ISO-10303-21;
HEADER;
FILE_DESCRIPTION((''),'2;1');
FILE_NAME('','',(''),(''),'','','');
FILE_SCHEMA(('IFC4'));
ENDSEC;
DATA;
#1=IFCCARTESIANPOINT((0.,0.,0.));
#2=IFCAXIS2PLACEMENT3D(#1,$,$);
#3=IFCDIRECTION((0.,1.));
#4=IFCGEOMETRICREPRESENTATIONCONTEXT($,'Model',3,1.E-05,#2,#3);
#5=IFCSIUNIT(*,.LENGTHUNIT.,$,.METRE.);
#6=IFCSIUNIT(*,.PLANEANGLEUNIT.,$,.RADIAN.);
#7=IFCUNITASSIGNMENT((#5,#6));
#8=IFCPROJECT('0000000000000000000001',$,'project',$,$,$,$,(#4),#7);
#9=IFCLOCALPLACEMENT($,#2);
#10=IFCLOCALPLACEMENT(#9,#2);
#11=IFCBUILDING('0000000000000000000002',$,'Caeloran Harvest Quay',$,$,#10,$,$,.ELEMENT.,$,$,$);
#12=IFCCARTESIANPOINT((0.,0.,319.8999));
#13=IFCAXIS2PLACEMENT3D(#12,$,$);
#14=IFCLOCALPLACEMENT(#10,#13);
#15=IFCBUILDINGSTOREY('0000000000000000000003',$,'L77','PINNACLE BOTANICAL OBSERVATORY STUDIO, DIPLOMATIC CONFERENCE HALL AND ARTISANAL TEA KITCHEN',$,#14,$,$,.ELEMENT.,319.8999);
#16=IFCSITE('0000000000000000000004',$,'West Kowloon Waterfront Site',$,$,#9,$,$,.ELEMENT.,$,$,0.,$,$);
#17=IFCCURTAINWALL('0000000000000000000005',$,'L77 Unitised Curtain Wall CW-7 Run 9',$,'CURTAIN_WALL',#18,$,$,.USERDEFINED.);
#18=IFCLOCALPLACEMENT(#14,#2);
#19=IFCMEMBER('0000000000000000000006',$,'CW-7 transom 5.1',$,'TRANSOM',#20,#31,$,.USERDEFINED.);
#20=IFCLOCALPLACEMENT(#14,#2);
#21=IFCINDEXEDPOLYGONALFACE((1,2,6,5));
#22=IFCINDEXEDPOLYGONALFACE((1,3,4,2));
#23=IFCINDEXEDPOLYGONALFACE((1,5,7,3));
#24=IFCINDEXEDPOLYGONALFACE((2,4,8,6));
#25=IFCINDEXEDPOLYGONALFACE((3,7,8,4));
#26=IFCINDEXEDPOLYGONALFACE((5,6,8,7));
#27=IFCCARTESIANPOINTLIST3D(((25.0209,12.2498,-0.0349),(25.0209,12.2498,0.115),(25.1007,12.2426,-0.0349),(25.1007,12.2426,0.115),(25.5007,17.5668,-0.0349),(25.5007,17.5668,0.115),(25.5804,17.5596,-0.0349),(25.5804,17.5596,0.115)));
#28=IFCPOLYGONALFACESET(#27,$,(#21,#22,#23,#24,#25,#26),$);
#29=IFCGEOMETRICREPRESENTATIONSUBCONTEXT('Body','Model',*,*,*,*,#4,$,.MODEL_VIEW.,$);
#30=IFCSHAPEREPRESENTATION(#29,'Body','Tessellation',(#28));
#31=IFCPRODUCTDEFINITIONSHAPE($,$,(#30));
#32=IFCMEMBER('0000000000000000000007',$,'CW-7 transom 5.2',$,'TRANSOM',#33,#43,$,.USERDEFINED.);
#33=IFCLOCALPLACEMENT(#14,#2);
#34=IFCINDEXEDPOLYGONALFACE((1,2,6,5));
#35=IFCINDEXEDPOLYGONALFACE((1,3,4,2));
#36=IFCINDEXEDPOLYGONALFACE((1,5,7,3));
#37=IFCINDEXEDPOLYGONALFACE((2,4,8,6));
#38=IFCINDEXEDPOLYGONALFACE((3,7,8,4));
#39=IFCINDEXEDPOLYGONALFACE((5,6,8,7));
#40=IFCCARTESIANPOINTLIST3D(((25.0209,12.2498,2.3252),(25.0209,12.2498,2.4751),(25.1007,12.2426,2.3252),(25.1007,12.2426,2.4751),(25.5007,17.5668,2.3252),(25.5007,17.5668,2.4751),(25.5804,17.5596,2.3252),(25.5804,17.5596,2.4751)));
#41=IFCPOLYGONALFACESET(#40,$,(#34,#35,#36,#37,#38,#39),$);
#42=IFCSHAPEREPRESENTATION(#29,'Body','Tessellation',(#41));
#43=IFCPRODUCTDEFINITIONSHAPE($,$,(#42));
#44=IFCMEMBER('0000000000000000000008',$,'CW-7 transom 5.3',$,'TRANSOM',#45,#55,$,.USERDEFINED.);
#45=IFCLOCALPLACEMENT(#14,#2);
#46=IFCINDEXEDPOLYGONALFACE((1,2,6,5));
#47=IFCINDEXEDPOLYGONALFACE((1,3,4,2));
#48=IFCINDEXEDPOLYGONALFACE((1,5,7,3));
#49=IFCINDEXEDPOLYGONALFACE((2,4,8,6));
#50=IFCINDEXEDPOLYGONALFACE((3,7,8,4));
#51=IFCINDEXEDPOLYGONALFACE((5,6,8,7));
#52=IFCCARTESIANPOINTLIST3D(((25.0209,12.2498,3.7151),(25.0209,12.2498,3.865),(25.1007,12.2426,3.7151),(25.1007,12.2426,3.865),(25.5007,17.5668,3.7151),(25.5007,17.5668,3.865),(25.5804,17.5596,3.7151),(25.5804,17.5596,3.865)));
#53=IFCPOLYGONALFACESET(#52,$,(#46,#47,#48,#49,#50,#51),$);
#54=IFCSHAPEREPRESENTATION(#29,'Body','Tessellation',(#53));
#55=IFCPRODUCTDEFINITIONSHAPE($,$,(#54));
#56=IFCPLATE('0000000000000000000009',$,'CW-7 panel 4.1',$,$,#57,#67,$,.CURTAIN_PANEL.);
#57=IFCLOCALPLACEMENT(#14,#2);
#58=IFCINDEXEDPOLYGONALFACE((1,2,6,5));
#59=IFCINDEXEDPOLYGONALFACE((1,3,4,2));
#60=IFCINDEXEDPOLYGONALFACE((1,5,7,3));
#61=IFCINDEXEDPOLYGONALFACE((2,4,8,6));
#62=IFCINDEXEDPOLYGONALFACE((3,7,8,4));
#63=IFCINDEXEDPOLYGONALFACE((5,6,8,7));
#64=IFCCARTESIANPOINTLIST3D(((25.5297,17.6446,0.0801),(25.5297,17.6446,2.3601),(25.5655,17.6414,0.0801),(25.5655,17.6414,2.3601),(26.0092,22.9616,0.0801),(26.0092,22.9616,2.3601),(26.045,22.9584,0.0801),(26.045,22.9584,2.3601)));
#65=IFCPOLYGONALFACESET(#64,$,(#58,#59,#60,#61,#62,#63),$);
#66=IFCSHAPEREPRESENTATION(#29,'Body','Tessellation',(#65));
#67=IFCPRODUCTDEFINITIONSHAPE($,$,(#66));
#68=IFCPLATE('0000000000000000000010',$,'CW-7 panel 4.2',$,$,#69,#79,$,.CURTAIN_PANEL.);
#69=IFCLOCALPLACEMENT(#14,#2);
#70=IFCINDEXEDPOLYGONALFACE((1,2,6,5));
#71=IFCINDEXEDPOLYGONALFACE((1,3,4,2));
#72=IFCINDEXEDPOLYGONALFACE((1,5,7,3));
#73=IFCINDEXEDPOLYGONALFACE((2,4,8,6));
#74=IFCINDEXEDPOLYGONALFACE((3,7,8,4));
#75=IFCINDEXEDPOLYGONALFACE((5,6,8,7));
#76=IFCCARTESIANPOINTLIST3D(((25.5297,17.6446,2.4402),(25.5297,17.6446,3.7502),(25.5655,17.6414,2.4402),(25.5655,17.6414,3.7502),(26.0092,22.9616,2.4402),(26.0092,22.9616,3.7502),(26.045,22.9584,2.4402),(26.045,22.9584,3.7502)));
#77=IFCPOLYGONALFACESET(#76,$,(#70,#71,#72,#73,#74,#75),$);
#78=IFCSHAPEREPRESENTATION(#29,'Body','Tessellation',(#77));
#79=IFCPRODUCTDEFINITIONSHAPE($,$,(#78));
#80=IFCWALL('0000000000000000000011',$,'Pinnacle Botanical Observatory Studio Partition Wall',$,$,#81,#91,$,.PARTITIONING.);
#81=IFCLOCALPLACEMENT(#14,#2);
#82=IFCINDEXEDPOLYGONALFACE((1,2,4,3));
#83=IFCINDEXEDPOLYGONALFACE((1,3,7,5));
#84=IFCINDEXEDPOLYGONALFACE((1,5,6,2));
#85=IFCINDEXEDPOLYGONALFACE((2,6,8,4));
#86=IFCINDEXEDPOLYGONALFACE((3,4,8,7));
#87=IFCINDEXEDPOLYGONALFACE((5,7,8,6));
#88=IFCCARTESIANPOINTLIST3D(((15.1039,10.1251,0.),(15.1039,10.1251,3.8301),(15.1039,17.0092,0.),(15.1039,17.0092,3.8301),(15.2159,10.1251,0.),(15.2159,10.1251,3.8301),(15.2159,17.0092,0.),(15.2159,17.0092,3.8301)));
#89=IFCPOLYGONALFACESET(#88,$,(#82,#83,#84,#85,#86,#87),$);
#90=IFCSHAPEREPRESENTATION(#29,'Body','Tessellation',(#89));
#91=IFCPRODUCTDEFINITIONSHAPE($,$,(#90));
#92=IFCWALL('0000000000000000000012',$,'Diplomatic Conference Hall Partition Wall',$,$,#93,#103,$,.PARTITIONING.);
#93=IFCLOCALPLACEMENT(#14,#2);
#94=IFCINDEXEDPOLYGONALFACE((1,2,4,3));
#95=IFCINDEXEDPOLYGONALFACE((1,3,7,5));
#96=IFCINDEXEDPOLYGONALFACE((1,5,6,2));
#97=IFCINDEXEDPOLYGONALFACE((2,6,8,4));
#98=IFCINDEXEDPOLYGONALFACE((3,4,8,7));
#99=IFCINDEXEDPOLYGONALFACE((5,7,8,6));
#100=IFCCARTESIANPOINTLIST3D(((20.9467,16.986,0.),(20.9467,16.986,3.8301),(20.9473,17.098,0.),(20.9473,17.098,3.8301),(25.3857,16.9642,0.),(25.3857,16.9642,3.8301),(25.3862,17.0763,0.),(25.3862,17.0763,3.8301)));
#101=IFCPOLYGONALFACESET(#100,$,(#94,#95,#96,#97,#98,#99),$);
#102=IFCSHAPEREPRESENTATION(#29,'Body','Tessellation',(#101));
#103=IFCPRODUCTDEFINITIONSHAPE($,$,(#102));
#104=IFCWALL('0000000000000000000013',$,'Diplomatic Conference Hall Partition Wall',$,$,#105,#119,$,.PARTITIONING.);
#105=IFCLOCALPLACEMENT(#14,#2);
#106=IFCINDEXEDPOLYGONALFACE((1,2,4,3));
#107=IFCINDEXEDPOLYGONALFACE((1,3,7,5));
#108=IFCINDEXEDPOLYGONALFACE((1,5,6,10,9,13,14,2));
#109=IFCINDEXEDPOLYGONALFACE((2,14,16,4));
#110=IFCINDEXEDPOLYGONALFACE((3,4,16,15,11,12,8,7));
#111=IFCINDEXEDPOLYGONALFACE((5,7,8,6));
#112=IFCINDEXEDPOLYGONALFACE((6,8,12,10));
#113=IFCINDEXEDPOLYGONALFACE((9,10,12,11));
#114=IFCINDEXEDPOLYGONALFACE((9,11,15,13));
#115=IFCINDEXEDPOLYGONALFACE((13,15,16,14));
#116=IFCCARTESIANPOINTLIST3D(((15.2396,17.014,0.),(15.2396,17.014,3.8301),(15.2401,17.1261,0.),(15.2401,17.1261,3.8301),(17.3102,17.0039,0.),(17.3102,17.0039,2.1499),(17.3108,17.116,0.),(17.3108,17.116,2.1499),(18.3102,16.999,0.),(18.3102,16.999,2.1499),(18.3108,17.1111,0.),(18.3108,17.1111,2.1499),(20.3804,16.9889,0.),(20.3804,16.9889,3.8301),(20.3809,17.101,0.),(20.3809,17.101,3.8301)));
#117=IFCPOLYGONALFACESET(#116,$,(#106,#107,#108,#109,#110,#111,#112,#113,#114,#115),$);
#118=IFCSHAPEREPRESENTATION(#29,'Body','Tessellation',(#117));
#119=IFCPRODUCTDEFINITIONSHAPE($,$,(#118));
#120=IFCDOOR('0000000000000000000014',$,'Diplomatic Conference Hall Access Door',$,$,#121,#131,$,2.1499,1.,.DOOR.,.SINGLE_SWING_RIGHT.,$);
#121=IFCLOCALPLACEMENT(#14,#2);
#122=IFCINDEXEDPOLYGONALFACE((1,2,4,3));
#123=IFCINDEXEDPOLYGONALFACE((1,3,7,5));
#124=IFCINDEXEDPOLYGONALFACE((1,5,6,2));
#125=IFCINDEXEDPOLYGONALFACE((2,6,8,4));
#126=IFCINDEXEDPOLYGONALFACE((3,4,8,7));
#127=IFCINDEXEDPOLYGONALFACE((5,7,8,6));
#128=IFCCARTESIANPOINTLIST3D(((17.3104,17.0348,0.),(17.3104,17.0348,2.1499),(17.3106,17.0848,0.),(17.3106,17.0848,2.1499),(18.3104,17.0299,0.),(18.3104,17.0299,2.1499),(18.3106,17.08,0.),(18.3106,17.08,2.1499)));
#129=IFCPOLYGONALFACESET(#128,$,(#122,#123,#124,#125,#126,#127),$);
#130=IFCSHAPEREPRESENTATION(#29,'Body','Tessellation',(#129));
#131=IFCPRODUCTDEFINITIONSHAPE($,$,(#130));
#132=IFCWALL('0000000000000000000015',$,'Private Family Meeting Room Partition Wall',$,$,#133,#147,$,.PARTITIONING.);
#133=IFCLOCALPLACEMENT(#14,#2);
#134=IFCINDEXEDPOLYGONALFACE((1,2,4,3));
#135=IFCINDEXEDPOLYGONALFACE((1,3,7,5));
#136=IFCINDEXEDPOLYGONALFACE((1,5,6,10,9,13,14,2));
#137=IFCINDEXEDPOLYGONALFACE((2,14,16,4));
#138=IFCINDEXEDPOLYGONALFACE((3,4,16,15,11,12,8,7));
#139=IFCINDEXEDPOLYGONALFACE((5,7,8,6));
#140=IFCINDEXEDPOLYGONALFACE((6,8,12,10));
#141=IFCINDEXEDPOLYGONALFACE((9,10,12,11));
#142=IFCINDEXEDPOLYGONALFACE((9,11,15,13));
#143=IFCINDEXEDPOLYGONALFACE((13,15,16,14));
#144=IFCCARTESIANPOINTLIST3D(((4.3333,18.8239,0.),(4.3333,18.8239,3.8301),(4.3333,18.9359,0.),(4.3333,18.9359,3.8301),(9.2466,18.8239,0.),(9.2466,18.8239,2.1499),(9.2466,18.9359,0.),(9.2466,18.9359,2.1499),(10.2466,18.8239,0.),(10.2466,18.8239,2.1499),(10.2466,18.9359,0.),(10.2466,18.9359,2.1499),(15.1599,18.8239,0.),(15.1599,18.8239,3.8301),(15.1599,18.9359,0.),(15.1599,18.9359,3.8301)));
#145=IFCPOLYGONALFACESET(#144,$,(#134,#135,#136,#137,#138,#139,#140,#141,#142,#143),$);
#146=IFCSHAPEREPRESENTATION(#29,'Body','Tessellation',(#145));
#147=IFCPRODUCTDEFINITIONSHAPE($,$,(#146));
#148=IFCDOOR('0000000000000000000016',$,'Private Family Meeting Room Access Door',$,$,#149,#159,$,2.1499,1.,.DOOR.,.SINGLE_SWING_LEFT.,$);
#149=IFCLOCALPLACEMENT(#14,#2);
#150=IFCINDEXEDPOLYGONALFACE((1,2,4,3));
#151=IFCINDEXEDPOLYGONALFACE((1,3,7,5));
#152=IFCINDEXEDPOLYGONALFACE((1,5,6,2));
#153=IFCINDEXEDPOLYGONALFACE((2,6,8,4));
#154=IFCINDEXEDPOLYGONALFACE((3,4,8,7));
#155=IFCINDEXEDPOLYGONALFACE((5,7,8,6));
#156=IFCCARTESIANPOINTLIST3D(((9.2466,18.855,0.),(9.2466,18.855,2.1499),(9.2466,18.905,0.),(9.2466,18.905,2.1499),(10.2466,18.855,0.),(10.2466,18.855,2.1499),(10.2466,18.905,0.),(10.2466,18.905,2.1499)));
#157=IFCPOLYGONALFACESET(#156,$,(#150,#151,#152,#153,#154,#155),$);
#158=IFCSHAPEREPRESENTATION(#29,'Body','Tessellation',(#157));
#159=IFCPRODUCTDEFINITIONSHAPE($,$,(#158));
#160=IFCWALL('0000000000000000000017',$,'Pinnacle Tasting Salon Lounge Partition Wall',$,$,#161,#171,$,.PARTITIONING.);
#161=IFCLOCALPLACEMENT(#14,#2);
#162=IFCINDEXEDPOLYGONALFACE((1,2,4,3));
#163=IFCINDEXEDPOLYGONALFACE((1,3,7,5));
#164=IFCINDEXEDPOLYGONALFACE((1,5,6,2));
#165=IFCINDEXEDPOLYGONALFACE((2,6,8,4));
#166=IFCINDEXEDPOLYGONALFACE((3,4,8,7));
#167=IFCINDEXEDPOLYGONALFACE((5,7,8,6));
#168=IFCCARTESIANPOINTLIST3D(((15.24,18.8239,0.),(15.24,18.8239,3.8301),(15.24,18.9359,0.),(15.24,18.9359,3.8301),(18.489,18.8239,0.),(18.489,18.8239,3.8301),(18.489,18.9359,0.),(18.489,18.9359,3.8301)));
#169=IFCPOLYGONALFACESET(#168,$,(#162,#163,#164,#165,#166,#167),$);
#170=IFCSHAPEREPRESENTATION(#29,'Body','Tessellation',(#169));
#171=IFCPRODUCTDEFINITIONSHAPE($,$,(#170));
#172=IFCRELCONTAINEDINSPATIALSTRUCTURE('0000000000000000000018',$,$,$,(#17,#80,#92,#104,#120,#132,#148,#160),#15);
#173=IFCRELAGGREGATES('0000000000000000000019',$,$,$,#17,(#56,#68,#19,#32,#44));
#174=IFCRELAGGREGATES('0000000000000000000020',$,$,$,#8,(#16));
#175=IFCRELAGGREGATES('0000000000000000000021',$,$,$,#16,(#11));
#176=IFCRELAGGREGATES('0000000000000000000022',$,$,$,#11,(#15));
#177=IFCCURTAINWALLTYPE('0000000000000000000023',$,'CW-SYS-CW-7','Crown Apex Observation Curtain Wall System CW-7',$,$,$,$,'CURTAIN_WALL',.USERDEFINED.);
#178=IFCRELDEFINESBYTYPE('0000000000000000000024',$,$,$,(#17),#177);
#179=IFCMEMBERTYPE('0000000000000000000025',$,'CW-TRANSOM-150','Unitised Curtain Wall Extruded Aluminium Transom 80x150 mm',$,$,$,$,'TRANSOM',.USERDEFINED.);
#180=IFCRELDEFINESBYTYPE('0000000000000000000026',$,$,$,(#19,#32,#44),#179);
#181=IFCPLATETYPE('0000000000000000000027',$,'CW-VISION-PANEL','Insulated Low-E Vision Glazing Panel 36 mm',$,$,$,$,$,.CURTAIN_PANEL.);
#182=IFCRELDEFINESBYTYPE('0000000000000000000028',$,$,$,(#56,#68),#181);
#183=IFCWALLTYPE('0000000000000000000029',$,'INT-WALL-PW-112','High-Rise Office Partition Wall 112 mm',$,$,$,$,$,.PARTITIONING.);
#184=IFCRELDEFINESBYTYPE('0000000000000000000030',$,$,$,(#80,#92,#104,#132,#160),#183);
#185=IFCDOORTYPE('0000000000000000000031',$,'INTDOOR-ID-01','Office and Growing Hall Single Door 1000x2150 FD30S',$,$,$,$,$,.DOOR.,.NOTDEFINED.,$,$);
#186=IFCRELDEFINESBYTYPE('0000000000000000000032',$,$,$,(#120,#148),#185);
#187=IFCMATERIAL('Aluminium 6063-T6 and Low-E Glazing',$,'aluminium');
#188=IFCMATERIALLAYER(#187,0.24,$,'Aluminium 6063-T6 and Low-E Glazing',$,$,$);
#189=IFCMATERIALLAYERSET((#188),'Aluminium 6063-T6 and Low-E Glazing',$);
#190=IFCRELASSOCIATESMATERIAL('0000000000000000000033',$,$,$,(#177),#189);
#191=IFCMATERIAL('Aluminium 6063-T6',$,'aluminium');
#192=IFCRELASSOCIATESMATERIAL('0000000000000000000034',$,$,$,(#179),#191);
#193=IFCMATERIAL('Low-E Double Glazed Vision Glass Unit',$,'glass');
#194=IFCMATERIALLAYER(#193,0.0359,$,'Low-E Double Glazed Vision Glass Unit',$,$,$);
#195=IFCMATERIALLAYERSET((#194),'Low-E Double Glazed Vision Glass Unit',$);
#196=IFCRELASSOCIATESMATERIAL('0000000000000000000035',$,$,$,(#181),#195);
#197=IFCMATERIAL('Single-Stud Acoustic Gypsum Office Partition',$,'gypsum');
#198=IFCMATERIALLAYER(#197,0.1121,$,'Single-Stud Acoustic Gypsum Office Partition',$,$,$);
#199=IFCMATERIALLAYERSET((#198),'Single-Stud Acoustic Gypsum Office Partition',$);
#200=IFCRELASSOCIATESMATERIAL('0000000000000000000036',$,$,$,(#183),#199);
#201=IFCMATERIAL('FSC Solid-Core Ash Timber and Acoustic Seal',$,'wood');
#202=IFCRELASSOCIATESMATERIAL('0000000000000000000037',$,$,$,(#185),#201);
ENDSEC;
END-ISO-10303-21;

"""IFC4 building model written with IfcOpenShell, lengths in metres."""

from ifc_helpers import new_model, si_unit, direction, frame, frame_2d, origin, origin_2d, place, context, subcontext, project, spatial, rectangle, extrude, material, layer, layer_set, material_profile, profile_set, type_object, element, fill, aggregate, save


model = new_model("IFC4")

# Units and contexts
model_context = context("Model", 3, precision=1e-05, world=origin(), true_north=direction((0.0, 1.0)))
body_context = subcontext(model_context, "Body", "Model", "MODEL_VIEW")
ifc_project = project(units=[si_unit("LENGTHUNIT", "METRE"), si_unit("PLANEANGLEUNIT", "RADIAN")], contexts=[model_context])

# Site, building, storey
site_placement = place(None, origin())
site = spatial("IfcSite", under=ifc_project, at=site_placement, Name="West Kowloon Waterfront Site", CompositionType="ELEMENT", RefElevation=0.0)
building_placement = place(site_placement, origin())
building = spatial("IfcBuilding", under=site, at=building_placement, Name="Caeloran Harvest Quay", CompositionType="ELEMENT")
storey_placement = place(building_placement, frame((0.0, 0.0, 319.8999)))
storey = spatial("IfcBuildingStorey", under=building, at=storey_placement, Name="L77", Description="PINNACLE BOTANICAL OBSERVATORY STUDIO, DIPLOMATIC CONFERENCE HALL AND ARTISANAL TEA KITCHEN", CompositionType="ELEMENT", Elevation=319.8999)

# Curtain wall, members, plates
ifc_material_1 = material(Name="Aluminium 6063-T6 and Low-E Glazing", Category="aluminium")
ifc_layer_1 = layer(ifc_material_1, 0.24, Name="Aluminium 6063-T6 and Low-E Glazing")
ifc_layer_set_1 = layer_set([ifc_layer_1], Name="Aluminium 6063-T6 and Low-E Glazing")
curtain_wall_type = type_object("IfcCurtainWallType", Name="CW-SYS-CW-7", Description="Crown Apex Observation Curtain Wall System CW-7", ElementType="CURTAIN_WALL", PredefinedType="USERDEFINED", material=ifc_layer_set_1)
curtain_wall_placement = place(storey_placement, origin())
curtain_wall = element("IfcCurtainWall", 1, at=curtain_wall_placement, inside=storey, type_object=curtain_wall_type, Name="L77 Unitised Curtain Wall CW-7 Run 9", ObjectType="CURTAIN_WALL", PredefinedType="USERDEFINED")
ifc_material_2 = material(Name="Aluminium 6063-T6", Category="aluminium")
ifc_material_profile_1 = material_profile(ifc_material_2, rectangle(XDim=0.0801, YDim=0.1499, at=origin_2d()), Name="CW-TRANSOM-150")
ifc_profile_set_1 = profile_set([ifc_material_profile_1], Name="Aluminium 6063-T6")
member_type_1 = type_object("IfcMemberType", Name="CW-TRANSOM-150", Description="Unitised Curtain Wall Extruded Aluminium Transom 80x150 mm", ElementType="TRANSOM", PredefinedType="USERDEFINED", material=ifc_profile_set_1)
member_1_placement = place(storey_placement, frame((25.5405, 17.5632, 0.04), z_axis=(-0.08986, -0.995954, 0.0), x_axis=(0.995954, -0.08986, 0.0)))
member_1 = element("IfcMember", 2, at=member_1_placement, type_object=member_type_1, Name="CW-7 transom 5.1", ObjectType="TRANSOM", PredefinedType="USERDEFINED", context=body_context, shape_type="SweptSolid", body=[
    extrude(rectangle(XDim=0.0801, YDim=0.1499, at=origin_2d()), origin(), (0.0, 0.0, 1.0), 5.3386),
])
member_2_placement = place(storey_placement, frame((25.5405, 17.5632, 2.4001), z_axis=(-0.08986, -0.995954, 0.0), x_axis=(0.995954, -0.08986, 0.0)))
member_2 = element("IfcMember", 3, at=member_2_placement, type_object=member_type_1, Name="CW-7 transom 5.2", ObjectType="TRANSOM", PredefinedType="USERDEFINED", context=body_context, shape_type="SweptSolid", body=[
    extrude(rectangle(XDim=0.0801, YDim=0.1499, at=origin_2d()), origin(), (0.0, 0.0, 1.0), 5.3386),
])
member_3_placement = place(storey_placement, frame((25.5405, 17.5632, 3.79), z_axis=(-0.08986, -0.995954, 0.0), x_axis=(0.995954, -0.08986, 0.0)))
member_3 = element("IfcMember", 4, at=member_3_placement, type_object=member_type_1, Name="CW-7 transom 5.3", ObjectType="TRANSOM", PredefinedType="USERDEFINED", context=body_context, shape_type="SweptSolid", body=[
    extrude(rectangle(XDim=0.0801, YDim=0.1499, at=origin_2d()), origin(), (0.0, 0.0, 1.0), 5.3386),
])
ifc_material_3 = material(Name="Low-E Double Glazed Vision Glass Unit", Category="glass")
ifc_layer_2 = layer(ifc_material_3, 0.0359, Name="Low-E Double Glazed Vision Glass Unit")
ifc_layer_set_2 = layer_set([ifc_layer_2], Name="Low-E Double Glazed Vision Glass Unit")
plate_type = type_object("IfcPlateType", Name="CW-VISION-PANEL", Description="Insulated Low-E Vision Glazing Panel 36 mm", PredefinedType="CURTAIN_PANEL", material=ifc_layer_set_2)
plate_1_placement = place(storey_placement, frame((25.7874, 20.3015, 0.0801), z_axis=(0.0, 0.0, 1.0), x_axis=(-0.089821, -0.995958, 0.0)))
plate_1 = element("IfcPlate", 5, at=plate_1_placement, type_object=plate_type, Name="CW-7 panel 4.1", PredefinedType="CURTAIN_PANEL", context=body_context, shape_type="SweptSolid", body=[
    extrude(rectangle(XDim=5.3386, YDim=0.0359, at=origin_2d()), origin(), (0.0, 0.0, 1.0), 2.28),
])
plate_2_placement = place(storey_placement, frame((25.7874, 20.3015, 2.4402), z_axis=(0.0, 0.0, 1.0), x_axis=(-0.089821, -0.995958, 0.0)))
plate_2 = element("IfcPlate", 6, at=plate_2_placement, type_object=plate_type, Name="CW-7 panel 4.2", PredefinedType="CURTAIN_PANEL", context=body_context, shape_type="SweptSolid", body=[
    extrude(rectangle(XDim=5.3386, YDim=0.0359, at=origin_2d()), origin(), (0.0, 0.0, 1.0), 1.3101),
])
aggregate(curtain_wall, [plate_1, plate_2, member_1, member_2, member_3])

# Walls
ifc_material_4 = material(Name="Single-Stud Acoustic Gypsum Office Partition", Category="gypsum")
ifc_layer_3 = layer(ifc_material_4, 0.1121, Name="Single-Stud Acoustic Gypsum Office Partition")
ifc_layer_set_3 = layer_set([ifc_layer_3], Name="Single-Stud Acoustic Gypsum Office Partition")
wall_type_1 = type_object("IfcWallType", Name="INT-WALL-PW-112", Description="High-Rise Office Partition Wall 112 mm", PredefinedType="PARTITIONING", material=ifc_layer_set_3)
wall_1_placement = place(storey_placement, frame((15.1599, 17.009, 0.0), z_axis=(0.0, 0.0, 1.0), x_axis=(0.0, -1.0, 0.0)))
element("IfcWall", 7, at=wall_1_placement, inside=storey, type_object=wall_type_1, Name="Pinnacle Botanical Observatory Studio Partition Wall", PredefinedType="PARTITIONING", context=body_context, shape_type="SweptSolid", body=[
    extrude(rectangle(XDim=6.884, YDim=0.1121, at=frame_2d((3.4419, 0.0))), origin(), (0.0, 0.0, 1.0), 3.8301),
])
wall_2_placement = place(storey_placement, frame((20.947, 17.042, 0.0), z_axis=(0.0, 0.0, 1.0), x_axis=(0.999988, -0.004895, 0.0)))
element("IfcWall", 8, at=wall_2_placement, inside=storey, type_object=wall_type_1, Name="Diplomatic Conference Hall Partition Wall", PredefinedType="PARTITIONING", context=body_context, shape_type="SweptSolid", body=[
    extrude(rectangle(XDim=4.439, YDim=0.1121, at=frame_2d((2.2195, 0.0))), origin(), (0.0, 0.0, 1.0), 3.8301),
])

# Walls, openings, doors
wall_3_placement = place(storey_placement, frame((15.24, 17.0701, 0.0), z_axis=(0.0, 0.0, 1.0), x_axis=(0.999988, -0.004891, 0.0)))
wall_3 = element("IfcWall", 9, at=wall_3_placement, inside=storey, type_object=wall_type_1, Name="Diplomatic Conference Hall Partition Wall", PredefinedType="PARTITIONING", context=body_context, shape_type="SweptSolid", body=[
    extrude(rectangle(XDim=5.1409, YDim=0.1121, at=frame_2d((2.5703, 0.0))), origin(), (0.0, 0.0, 1.0), 3.8301),
])
opening_1_placement = place(wall_3_placement, frame((2.0706, 0.0, 0.0)))
opening_1 = element("IfcOpeningElement", 10, at=opening_1_placement, cuts=wall_3, PredefinedType="OPENING", context=body_context, shape_type="SweptSolid", body=[
    extrude(rectangle(XDim=1.0, YDim=2.1499, at=frame_2d((0.5, 1.075))), frame((0.0, 0.0659, 0.0), z_axis=(0.0, -1.0, 0.0), x_axis=(1.0, 0.0, 0.0)), (0.0, 0.0, 1.0), 0.1321),
])
ifc_material_5 = material(Name="FSC Solid-Core Ash Timber and Acoustic Seal", Category="wood")
door_type_1 = type_object("IfcDoorType", Name="INTDOOR-ID-01", Description="Office and Growing Hall Single Door 1000x2150 FD30S", OperationType="NOTDEFINED", PredefinedType="DOOR", material=ifc_material_5)
door_1_placement = place(opening_1_placement, origin())
door_1 = element("IfcDoor", 11, at=door_1_placement, inside=storey, type_object=door_type_1, Name="Diplomatic Conference Hall Access Door", OperationType="SINGLE_SWING_RIGHT", OverallHeight=2.1499, OverallWidth=1.0, PredefinedType="DOOR", context=body_context, shape_type="SweptSolid", body=[
    extrude(rectangle(XDim=1.0, YDim=2.1499, at=frame_2d((0.5, 1.075))), frame((0.0, 0.0249, 0.0), z_axis=(0.0, -1.0, 0.0), x_axis=(1.0, 0.0, 0.0)), (0.0, 0.0, 1.0), 0.05),
])
fill(opening_1, door_1)
wall_4_placement = place(storey_placement, frame((15.1599, 18.8799, 0.0), z_axis=(0.0, 0.0, 1.0), x_axis=(-1.0, 0.0, 0.0)))
wall_4 = element("IfcWall", 12, at=wall_4_placement, inside=storey, type_object=wall_type_1, Name="Private Family Meeting Room Partition Wall", PredefinedType="PARTITIONING", context=body_context, shape_type="SweptSolid", body=[
    extrude(rectangle(XDim=10.8267, YDim=0.1121, at=frame_2d((5.4133, 0.0))), origin(), (0.0, 0.0, 1.0), 3.8301),
])
opening_2_placement = place(wall_4_placement, frame((4.9133, 0.0, 0.0)))
opening_2 = element("IfcOpeningElement", 13, at=opening_2_placement, cuts=wall_4, PredefinedType="OPENING", context=body_context, shape_type="SweptSolid", body=[
    extrude(rectangle(XDim=1.0, YDim=2.1499, at=frame_2d((0.5, 1.075))), frame((0.0, 0.0659, 0.0), z_axis=(0.0, -1.0, 0.0), x_axis=(1.0, 0.0, 0.0)), (0.0, 0.0, 1.0), 0.1321),
])
door_2_placement = place(opening_2_placement, origin())
door_2 = element("IfcDoor", 14, at=door_2_placement, inside=storey, type_object=door_type_1, Name="Private Family Meeting Room Access Door", OperationType="SINGLE_SWING_LEFT", OverallHeight=2.1499, OverallWidth=1.0, PredefinedType="DOOR", context=body_context, shape_type="SweptSolid", body=[
    extrude(rectangle(XDim=1.0, YDim=2.1499, at=frame_2d((0.5, 1.075))), frame((0.0, 0.0249, 0.0), z_axis=(0.0, -1.0, 0.0), x_axis=(1.0, 0.0, 0.0)), (0.0, 0.0, 1.0), 0.05),
])
fill(opening_2, door_2)

# Wall
wall_5_placement = place(storey_placement, frame((18.489, 18.8799, 0.0), z_axis=(0.0, 0.0, 1.0), x_axis=(-1.0, 0.0, 0.0)))
element("IfcWall", 15, at=wall_5_placement, inside=storey, type_object=wall_type_1, Name="Pinnacle Tasting Salon Lounge Partition Wall", PredefinedType="PARTITIONING", context=body_context, shape_type="SweptSolid", body=[
    extrude(rectangle(XDim=3.249, YDim=0.1121, at=frame_2d((1.6245, 0.0))), origin(), (0.0, 0.0, 1.0), 3.8301),
])

save(model, "model.ifc")
